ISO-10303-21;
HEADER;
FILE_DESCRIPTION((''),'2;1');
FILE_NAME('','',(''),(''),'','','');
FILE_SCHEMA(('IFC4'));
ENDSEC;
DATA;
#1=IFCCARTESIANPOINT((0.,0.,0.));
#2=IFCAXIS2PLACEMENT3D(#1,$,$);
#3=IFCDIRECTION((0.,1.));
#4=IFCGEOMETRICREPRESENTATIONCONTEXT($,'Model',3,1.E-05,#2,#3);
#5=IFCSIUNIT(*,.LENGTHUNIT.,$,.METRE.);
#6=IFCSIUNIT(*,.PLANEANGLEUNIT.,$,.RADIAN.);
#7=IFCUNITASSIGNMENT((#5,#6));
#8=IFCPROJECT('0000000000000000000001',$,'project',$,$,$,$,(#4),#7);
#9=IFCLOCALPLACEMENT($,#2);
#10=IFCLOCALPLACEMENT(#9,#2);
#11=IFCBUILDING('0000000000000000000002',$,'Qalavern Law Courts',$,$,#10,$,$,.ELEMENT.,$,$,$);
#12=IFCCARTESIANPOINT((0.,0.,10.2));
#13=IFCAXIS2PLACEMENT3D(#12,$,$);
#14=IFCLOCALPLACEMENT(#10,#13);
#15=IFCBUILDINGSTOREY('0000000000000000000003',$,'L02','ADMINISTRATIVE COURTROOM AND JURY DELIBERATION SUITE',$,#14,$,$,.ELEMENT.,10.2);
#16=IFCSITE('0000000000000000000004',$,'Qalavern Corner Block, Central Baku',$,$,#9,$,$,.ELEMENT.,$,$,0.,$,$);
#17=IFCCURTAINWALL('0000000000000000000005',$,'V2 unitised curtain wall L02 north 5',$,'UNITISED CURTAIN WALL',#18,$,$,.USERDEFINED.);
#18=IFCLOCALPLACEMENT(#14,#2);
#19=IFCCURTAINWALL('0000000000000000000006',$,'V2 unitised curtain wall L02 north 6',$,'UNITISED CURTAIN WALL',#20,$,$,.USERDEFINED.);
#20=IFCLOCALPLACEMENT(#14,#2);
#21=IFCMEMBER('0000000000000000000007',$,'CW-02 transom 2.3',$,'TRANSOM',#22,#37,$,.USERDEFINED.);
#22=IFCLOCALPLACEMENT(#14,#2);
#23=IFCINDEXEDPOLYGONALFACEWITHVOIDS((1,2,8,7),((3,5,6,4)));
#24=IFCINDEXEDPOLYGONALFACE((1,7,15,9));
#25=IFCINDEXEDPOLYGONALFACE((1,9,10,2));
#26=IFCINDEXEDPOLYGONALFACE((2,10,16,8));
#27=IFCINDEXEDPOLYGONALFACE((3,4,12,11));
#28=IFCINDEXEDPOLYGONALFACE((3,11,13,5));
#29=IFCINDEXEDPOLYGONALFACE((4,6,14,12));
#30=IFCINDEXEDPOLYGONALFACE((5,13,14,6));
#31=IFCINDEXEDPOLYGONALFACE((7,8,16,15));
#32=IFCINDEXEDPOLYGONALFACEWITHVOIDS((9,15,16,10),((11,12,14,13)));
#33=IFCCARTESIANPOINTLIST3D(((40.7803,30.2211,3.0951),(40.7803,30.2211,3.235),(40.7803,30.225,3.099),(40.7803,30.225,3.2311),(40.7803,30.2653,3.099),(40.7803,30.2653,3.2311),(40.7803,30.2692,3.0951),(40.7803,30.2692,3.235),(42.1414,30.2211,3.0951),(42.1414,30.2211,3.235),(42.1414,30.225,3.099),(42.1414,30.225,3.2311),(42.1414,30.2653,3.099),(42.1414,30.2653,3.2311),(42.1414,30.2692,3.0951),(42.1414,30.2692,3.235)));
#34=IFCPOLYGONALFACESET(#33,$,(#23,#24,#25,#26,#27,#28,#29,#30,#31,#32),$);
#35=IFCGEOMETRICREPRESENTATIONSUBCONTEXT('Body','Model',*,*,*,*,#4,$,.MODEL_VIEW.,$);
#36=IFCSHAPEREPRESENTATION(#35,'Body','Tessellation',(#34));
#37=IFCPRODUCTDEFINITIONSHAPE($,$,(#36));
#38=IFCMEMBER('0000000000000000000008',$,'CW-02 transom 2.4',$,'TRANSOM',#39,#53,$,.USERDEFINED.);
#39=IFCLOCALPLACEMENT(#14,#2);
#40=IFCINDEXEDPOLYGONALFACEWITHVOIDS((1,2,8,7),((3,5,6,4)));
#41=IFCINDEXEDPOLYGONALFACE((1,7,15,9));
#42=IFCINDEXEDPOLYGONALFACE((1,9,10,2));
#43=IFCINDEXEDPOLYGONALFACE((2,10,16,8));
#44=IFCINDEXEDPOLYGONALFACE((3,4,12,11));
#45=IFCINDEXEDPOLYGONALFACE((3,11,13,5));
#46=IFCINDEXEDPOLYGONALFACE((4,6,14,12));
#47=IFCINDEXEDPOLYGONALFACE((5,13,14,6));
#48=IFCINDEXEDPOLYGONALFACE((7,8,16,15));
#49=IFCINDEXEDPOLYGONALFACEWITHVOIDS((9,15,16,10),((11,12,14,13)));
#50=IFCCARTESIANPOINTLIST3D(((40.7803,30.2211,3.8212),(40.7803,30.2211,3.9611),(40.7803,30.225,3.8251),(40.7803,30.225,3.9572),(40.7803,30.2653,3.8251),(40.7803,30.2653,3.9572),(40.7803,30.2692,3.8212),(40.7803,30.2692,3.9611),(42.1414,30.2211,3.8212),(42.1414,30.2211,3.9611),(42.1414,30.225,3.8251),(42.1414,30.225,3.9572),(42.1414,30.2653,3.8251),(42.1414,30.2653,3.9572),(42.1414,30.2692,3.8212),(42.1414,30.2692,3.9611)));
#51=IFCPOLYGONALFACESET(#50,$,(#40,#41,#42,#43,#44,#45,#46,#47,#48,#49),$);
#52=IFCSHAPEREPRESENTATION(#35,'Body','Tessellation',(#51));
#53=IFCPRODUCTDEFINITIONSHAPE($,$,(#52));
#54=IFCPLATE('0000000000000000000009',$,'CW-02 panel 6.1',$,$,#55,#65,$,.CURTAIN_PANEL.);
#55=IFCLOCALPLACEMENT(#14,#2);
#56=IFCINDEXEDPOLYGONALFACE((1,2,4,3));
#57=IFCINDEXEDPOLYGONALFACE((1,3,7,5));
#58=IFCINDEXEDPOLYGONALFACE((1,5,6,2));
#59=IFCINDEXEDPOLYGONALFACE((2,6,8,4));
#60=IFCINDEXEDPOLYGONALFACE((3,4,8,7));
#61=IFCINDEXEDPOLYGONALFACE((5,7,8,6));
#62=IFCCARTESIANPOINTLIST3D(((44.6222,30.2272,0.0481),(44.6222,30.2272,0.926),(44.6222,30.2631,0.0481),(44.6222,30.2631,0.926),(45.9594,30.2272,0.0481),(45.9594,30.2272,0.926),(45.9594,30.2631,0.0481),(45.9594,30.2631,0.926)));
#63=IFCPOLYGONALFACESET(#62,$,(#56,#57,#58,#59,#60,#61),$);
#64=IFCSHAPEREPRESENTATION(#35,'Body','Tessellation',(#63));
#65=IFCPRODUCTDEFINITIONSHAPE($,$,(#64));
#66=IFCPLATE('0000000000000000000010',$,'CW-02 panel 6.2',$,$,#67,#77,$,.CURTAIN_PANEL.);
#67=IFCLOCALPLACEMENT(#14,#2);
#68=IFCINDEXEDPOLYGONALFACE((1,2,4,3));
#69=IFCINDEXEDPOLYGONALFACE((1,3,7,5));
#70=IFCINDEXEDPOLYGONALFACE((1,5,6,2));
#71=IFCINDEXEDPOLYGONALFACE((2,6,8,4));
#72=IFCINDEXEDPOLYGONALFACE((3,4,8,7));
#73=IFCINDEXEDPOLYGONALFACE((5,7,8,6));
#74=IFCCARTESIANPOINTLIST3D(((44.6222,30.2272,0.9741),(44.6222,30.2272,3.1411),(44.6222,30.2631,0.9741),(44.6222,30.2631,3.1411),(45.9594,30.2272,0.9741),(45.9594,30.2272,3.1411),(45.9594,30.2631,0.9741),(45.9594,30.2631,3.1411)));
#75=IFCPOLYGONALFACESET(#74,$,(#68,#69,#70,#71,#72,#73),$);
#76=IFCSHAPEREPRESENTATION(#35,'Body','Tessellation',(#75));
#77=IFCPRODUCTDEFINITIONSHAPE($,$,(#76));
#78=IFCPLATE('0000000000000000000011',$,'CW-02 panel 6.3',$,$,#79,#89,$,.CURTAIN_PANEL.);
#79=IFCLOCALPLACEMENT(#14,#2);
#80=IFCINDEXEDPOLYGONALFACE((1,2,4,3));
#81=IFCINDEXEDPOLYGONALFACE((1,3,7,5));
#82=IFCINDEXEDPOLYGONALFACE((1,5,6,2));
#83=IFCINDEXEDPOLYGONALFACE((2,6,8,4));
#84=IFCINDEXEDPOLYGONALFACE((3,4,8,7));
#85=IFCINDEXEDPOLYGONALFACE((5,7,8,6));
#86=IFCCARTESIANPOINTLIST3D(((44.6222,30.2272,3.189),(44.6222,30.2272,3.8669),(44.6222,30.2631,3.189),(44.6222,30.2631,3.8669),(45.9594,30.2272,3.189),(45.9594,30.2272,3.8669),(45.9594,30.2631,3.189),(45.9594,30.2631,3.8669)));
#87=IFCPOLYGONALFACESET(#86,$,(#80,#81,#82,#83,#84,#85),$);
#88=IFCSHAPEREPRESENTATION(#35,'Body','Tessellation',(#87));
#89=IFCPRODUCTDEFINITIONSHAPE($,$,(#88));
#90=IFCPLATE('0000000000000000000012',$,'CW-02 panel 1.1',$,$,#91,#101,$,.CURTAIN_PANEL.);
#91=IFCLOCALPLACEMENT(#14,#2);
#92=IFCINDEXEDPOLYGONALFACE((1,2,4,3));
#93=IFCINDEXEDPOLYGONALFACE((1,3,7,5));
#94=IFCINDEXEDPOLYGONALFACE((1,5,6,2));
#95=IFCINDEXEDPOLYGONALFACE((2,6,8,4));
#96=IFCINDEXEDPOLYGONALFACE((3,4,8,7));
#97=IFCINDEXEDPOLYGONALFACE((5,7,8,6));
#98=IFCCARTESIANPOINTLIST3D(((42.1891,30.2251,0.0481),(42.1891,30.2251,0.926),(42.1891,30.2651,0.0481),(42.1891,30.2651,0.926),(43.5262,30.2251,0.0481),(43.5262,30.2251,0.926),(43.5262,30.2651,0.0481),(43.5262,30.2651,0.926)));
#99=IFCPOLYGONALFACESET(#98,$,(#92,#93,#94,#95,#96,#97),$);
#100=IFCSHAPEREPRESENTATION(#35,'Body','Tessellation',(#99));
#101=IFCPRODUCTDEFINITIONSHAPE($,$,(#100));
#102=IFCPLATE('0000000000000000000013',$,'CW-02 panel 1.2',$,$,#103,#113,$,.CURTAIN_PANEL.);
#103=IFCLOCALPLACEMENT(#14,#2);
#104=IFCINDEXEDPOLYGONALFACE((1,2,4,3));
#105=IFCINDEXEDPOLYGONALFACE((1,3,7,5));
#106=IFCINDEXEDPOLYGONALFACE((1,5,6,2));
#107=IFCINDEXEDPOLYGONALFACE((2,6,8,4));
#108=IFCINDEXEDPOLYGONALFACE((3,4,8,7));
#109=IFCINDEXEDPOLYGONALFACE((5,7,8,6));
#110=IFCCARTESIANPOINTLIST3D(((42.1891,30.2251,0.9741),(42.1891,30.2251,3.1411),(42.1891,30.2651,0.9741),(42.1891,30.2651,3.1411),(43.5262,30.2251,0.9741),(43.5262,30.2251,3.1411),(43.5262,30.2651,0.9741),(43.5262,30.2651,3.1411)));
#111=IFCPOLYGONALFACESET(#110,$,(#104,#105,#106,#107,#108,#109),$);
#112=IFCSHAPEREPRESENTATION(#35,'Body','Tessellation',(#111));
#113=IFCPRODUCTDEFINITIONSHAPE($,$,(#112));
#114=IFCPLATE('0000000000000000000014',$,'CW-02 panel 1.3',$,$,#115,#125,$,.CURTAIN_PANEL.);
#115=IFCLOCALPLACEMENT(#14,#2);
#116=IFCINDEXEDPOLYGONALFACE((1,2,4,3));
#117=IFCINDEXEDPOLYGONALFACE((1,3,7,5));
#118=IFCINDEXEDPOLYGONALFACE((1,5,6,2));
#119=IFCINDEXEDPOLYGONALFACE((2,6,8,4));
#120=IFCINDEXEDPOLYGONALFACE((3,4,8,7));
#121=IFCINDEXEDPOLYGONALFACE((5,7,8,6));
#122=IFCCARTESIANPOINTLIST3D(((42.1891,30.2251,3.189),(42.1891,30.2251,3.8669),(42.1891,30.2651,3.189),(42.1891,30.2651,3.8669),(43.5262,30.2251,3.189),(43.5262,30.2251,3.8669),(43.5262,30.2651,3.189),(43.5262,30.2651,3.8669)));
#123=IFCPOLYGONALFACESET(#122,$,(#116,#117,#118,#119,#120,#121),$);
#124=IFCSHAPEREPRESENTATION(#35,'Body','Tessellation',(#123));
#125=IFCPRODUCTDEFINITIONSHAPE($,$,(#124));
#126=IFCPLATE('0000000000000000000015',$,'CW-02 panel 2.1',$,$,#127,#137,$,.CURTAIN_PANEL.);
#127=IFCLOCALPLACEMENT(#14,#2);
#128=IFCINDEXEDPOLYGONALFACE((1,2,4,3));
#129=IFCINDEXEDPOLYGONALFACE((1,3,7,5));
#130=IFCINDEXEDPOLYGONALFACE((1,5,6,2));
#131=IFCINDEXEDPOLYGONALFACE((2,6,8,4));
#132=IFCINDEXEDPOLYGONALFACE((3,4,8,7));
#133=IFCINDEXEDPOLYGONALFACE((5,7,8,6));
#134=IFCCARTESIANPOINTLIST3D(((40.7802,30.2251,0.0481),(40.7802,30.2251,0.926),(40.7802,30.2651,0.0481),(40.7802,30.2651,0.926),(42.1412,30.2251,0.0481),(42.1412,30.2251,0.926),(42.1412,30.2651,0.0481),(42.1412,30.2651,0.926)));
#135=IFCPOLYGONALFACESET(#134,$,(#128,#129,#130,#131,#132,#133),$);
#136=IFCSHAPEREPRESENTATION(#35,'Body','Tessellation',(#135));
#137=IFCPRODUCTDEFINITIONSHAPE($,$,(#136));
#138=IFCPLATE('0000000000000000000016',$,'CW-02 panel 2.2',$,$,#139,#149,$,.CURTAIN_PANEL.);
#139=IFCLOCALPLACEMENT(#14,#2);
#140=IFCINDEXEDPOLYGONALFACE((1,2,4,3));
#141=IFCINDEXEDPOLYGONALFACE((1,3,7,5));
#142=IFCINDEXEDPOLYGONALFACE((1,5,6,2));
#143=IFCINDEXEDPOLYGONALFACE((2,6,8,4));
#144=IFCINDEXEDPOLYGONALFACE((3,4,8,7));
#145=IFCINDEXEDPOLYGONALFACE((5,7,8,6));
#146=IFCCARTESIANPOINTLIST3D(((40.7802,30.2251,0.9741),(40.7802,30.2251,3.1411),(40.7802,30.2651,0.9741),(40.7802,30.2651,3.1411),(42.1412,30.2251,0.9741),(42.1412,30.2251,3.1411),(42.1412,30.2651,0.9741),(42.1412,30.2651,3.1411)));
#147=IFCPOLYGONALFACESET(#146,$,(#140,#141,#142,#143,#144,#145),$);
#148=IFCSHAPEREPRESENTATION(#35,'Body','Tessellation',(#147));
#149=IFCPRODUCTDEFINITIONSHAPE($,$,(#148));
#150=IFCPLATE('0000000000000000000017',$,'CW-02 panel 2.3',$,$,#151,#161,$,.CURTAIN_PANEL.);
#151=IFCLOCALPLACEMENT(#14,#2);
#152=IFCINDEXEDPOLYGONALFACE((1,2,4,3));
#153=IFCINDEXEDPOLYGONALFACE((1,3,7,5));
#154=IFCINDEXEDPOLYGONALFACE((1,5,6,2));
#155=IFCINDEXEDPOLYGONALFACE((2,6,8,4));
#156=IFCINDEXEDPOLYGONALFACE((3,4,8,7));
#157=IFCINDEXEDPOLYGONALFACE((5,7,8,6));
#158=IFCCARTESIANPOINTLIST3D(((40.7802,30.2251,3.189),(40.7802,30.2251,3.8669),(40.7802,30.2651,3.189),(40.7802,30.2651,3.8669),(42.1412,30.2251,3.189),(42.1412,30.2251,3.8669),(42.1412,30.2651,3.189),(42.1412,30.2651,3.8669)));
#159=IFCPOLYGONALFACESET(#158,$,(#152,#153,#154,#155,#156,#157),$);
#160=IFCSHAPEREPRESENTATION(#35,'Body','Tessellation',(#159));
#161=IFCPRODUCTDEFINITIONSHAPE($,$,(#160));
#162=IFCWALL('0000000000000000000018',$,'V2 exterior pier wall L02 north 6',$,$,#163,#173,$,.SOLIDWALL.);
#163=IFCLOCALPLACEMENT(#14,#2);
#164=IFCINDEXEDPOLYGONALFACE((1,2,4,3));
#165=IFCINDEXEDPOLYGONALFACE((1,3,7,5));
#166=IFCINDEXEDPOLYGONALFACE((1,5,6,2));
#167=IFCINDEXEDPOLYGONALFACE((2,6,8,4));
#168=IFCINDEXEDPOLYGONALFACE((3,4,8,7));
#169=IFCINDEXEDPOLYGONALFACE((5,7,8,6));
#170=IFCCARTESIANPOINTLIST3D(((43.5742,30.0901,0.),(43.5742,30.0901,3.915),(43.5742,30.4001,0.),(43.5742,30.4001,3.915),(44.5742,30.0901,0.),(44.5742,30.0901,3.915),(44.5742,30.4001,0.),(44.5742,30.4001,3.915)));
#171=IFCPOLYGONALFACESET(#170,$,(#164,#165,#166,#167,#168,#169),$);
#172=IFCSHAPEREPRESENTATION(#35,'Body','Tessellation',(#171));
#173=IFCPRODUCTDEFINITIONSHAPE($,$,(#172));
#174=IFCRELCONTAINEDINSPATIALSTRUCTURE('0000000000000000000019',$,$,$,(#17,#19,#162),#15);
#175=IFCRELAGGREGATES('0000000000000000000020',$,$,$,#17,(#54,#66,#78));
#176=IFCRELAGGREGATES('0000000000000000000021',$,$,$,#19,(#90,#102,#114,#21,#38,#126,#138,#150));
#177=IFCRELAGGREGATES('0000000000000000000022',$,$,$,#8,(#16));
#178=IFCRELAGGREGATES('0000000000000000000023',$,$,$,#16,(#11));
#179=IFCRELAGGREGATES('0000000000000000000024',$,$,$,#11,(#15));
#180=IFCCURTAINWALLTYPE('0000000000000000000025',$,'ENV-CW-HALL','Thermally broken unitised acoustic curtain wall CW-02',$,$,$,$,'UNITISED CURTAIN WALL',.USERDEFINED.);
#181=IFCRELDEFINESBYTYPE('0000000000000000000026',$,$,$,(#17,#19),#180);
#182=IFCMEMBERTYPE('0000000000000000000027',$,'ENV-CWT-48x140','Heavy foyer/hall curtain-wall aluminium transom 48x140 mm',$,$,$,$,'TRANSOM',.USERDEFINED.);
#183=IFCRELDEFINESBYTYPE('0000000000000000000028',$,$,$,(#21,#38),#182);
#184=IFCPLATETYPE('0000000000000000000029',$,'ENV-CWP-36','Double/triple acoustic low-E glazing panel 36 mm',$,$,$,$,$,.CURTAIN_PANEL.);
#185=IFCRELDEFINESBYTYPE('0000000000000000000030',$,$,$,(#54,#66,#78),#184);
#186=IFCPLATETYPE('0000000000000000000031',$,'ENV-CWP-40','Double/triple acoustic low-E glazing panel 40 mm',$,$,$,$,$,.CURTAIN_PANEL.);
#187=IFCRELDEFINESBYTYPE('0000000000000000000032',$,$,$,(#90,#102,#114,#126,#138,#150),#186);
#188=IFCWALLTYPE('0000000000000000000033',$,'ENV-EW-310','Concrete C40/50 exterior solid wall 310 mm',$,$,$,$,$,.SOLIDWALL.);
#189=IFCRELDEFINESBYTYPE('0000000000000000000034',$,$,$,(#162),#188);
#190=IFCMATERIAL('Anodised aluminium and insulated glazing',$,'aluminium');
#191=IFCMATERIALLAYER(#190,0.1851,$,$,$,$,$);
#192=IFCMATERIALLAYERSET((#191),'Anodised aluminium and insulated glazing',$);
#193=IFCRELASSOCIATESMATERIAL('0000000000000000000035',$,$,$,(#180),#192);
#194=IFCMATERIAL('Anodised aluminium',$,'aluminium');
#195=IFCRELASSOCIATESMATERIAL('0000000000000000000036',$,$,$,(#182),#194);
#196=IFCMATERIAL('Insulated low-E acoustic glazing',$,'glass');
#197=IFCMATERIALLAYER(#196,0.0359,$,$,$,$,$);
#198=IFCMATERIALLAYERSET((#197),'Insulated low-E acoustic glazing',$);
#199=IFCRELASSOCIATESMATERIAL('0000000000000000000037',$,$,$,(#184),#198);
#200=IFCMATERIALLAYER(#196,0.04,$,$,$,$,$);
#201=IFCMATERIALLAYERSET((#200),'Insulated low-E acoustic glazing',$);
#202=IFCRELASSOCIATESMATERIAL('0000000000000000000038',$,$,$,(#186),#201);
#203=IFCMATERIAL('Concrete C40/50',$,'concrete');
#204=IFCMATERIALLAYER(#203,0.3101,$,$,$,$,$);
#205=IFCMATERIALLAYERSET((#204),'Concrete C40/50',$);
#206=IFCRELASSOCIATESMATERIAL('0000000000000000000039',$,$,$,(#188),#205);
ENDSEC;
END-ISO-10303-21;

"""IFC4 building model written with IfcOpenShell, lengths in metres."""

from ifc_helpers import new_model, si_unit, direction, frame, frame_2d, origin, origin_2d, place, context, subcontext, project, spatial, rectangle, hollow_rectangle, extrude, material, layer, layer_set, material_profile, profile_set, type_object, element, aggregate, save


model = new_model("IFC4")

# Units and contexts
model_context = context("Model", 3, precision=1e-05, world=origin(), true_north=direction((0.0, 1.0)))
body_context = subcontext(model_context, "Body", "Model", "MODEL_VIEW")
ifc_project = project(units=[si_unit("LENGTHUNIT", "METRE"), si_unit("PLANEANGLEUNIT", "RADIAN")], contexts=[model_context])

# Site, building, storey
site_placement = place(None, origin())
site = spatial("IfcSite", under=ifc_project, at=site_placement, Name="Qalavern Corner Block, Central Baku", CompositionType="ELEMENT", RefElevation=0.0)
building_placement = place(site_placement, origin())
building = spatial("IfcBuilding", under=site, at=building_placement, Name="Qalavern Law Courts", CompositionType="ELEMENT")
storey_placement = place(building_placement, frame((0.0, 0.0, 10.2)))
storey = spatial("IfcBuildingStorey", under=building, at=storey_placement, Name="L02", Description="ADMINISTRATIVE COURTROOM AND JURY DELIBERATION SUITE", CompositionType="ELEMENT", Elevation=10.2)

# Curtain wall
ifc_material_1 = material(Name="Anodised aluminium and insulated glazing", Category="aluminium")
ifc_layer_1 = layer(ifc_material_1, 0.1851)
ifc_layer_set_1 = layer_set([ifc_layer_1], Name="Anodised aluminium and insulated glazing")
curtain_wall_type = type_object("IfcCurtainWallType", Name="ENV-CW-HALL", Description="Thermally broken unitised acoustic curtain wall CW-02", ElementType="UNITISED CURTAIN WALL", PredefinedType="USERDEFINED", material=ifc_layer_set_1)
curtain_wall_1_placement = place(storey_placement, origin())
curtain_wall_1 = element("IfcCurtainWall", 1, at=curtain_wall_1_placement, inside=storey, type_object=curtain_wall_type, Name="V2 unitised curtain wall L02 north 5", ObjectType="UNITISED CURTAIN WALL", PredefinedType="USERDEFINED")
ifc_material_2 = material(Name="Anodised aluminium", Category="aluminium")

# Curtain wall
curtain_wall_2_placement = place(storey_placement, origin())
curtain_wall_2 = element("IfcCurtainWall", 2, at=curtain_wall_2_placement, inside=storey, type_object=curtain_wall_type, Name="V2 unitised curtain wall L02 north 6", ObjectType="UNITISED CURTAIN WALL", PredefinedType="USERDEFINED")

# Members
ifc_material_profile_1 = material_profile(ifc_material_2, hollow_rectangle(XDim=0.0481, YDim=0.1399, WallThickness=0.0039, at=origin_2d()), Name="ALU TRANSOM 48x140")
ifc_profile_set_1 = profile_set([ifc_material_profile_1], Name="Anodised aluminium")
member_type_1 = type_object("IfcMemberType", Name="ENV-CWT-48x140", Description="Heavy foyer/hall curtain-wall aluminium transom 48x140 mm", ElementType="TRANSOM", PredefinedType="USERDEFINED", material=ifc_profile_set_1)
member_1_placement = place(storey_placement, frame((42.1414, 30.2451, 3.165), z_axis=(-1.0, 0.0, 0.0), x_axis=(0.0, -1.0, 0.0)))
member_1 = element("IfcMember", 3, at=member_1_placement, type_object=member_type_1, Name="CW-02 transom 2.3", ObjectType="TRANSOM", PredefinedType="USERDEFINED", context=body_context, shape_type="SweptSolid", body=[
    extrude(hollow_rectangle(XDim=0.0481, YDim=0.1399, WallThickness=0.0039, at=origin_2d()), origin(), (0.0, 0.0, 1.0), 1.3611),
])
member_2_placement = place(storey_placement, frame((42.1414, 30.2451, 3.8911), z_axis=(-1.0, 0.0, 0.0), x_axis=(0.0, -1.0, 0.0)))
member_2 = element("IfcMember", 4, at=member_2_placement, type_object=member_type_1, Name="CW-02 transom 2.4", ObjectType="TRANSOM", PredefinedType="USERDEFINED", context=body_context, shape_type="SweptSolid", body=[
    extrude(hollow_rectangle(XDim=0.0481, YDim=0.1399, WallThickness=0.0039, at=origin_2d()), origin(), (0.0, 0.0, 1.0), 1.3611),
])

# Plates
ifc_material_3 = material(Name="Insulated low-E acoustic glazing", Category="glass")
ifc_layer_2 = layer(ifc_material_3, 0.0359)
ifc_layer_set_2 = layer_set([ifc_layer_2], Name="Insulated low-E acoustic glazing")
plate_type_1 = type_object("IfcPlateType", Name="ENV-CWP-36", Description="Double/triple acoustic low-E glazing panel 36 mm", PredefinedType="CURTAIN_PANEL", material=ifc_layer_set_2)
plate_1_placement = place(storey_placement, frame((45.2908, 30.2451, 0.0481), z_axis=(0.0, 0.0, 1.0), x_axis=(-1.0, 0.0, 0.0)))
plate_1 = element("IfcPlate", 5, at=plate_1_placement, type_object=plate_type_1, Name="CW-02 panel 6.1", PredefinedType="CURTAIN_PANEL", context=body_context, shape_type="SweptSolid", body=[
    extrude(rectangle(XDim=1.3372, YDim=0.0359, at=origin_2d()), origin(), (0.0, 0.0, 1.0), 0.8779),
])
plate_2_placement = place(storey_placement, frame((45.2908, 30.2451, 0.9741), z_axis=(0.0, 0.0, 1.0), x_axis=(-1.0, 0.0, 0.0)))
plate_2 = element("IfcPlate", 6, at=plate_2_placement, type_object=plate_type_1, Name="CW-02 panel 6.2", PredefinedType="CURTAIN_PANEL", context=body_context, shape_type="SweptSolid", body=[
    extrude(rectangle(XDim=1.3372, YDim=0.0359, at=origin_2d()), origin(), (0.0, 0.0, 1.0), 2.167),
])
plate_3_placement = place(storey_placement, frame((45.2908, 30.2451, 3.189), z_axis=(0.0, 0.0, 1.0), x_axis=(-1.0, 0.0, 0.0)))
plate_3 = element("IfcPlate", 7, at=plate_3_placement, type_object=plate_type_1, Name="CW-02 panel 6.3", PredefinedType="CURTAIN_PANEL", context=body_context, shape_type="SweptSolid", body=[
    extrude(rectangle(XDim=1.3372, YDim=0.0359, at=origin_2d()), origin(), (0.0, 0.0, 1.0), 0.678),
])
aggregate(curtain_wall_1, [plate_1, plate_2, plate_3])
ifc_layer_3 = layer(ifc_material_3, 0.04)
ifc_layer_set_3 = layer_set([ifc_layer_3], Name="Insulated low-E acoustic glazing")
plate_type_2 = type_object("IfcPlateType", Name="ENV-CWP-40", Description="Double/triple acoustic low-E glazing panel 40 mm", PredefinedType="CURTAIN_PANEL", material=ifc_layer_set_3)
plate_4_placement = place(storey_placement, frame((42.8577, 30.2451, 0.0481), z_axis=(0.0, 0.0, 1.0), x_axis=(-1.0, 0.0, 0.0)))
plate_4 = element("IfcPlate", 8, at=plate_4_placement, type_object=plate_type_2, Name="CW-02 panel 1.1", PredefinedType="CURTAIN_PANEL", context=body_context, shape_type="SweptSolid", body=[
    extrude(rectangle(XDim=1.3372, YDim=0.04, at=origin_2d()), origin(), (0.0, 0.0, 1.0), 0.8779),
])
plate_5_placement = place(storey_placement, frame((42.8577, 30.2451, 0.9741), z_axis=(0.0, 0.0, 1.0), x_axis=(-1.0, 0.0, 0.0)))
plate_5 = element("IfcPlate", 9, at=plate_5_placement, type_object=plate_type_2, Name="CW-02 panel 1.2", PredefinedType="CURTAIN_PANEL", context=body_context, shape_type="SweptSolid", body=[
    extrude(rectangle(XDim=1.3372, YDim=0.04, at=origin_2d()), origin(), (0.0, 0.0, 1.0), 2.167),
])
plate_6_placement = place(storey_placement, frame((42.8577, 30.2451, 3.189), z_axis=(0.0, 0.0, 1.0), x_axis=(-1.0, 0.0, 0.0)))
plate_6 = element("IfcPlate", 10, at=plate_6_placement, type_object=plate_type_2, Name="CW-02 panel 1.3", PredefinedType="CURTAIN_PANEL", context=body_context, shape_type="SweptSolid", body=[
    extrude(rectangle(XDim=1.3372, YDim=0.04, at=origin_2d()), origin(), (0.0, 0.0, 1.0), 0.678),
])
plate_7_placement = place(storey_placement, frame((41.4607, 30.2451, 0.0481), z_axis=(0.0, 0.0, 1.0), x_axis=(-1.0, 0.0, 0.0)))
plate_7 = element("IfcPlate", 11, at=plate_7_placement, type_object=plate_type_2, Name="CW-02 panel 2.1", PredefinedType="CURTAIN_PANEL", context=body_context, shape_type="SweptSolid", body=[
    extrude(rectangle(XDim=1.3611, YDim=0.04, at=origin_2d()), origin(), (0.0, 0.0, 1.0), 0.8779),
])
plate_8_placement = place(storey_placement, frame((41.4607, 30.2451, 0.9741), z_axis=(0.0, 0.0, 1.0), x_axis=(-1.0, 0.0, 0.0)))
plate_8 = element("IfcPlate", 12, at=plate_8_placement, type_object=plate_type_2, Name="CW-02 panel 2.2", PredefinedType="CURTAIN_PANEL", context=body_context, shape_type="SweptSolid", body=[
    extrude(rectangle(XDim=1.3611, YDim=0.04, at=origin_2d()), origin(), (0.0, 0.0, 1.0), 2.167),
])
plate_9_placement = place(storey_placement, frame((41.4607, 30.2451, 3.189), z_axis=(0.0, 0.0, 1.0), x_axis=(-1.0, 0.0, 0.0)))
plate_9 = element("IfcPlate", 13, at=plate_9_placement, type_object=plate_type_2, Name="CW-02 panel 2.3", PredefinedType="CURTAIN_PANEL", context=body_context, shape_type="SweptSolid", body=[
    extrude(rectangle(XDim=1.3611, YDim=0.04, at=origin_2d()), origin(), (0.0, 0.0, 1.0), 0.678),
])
aggregate(curtain_wall_2, [plate_4, plate_5, plate_6, member_1, member_2, plate_7, plate_8, plate_9])

# Wall
ifc_material_4 = material(Name="Concrete C40/50", Category="concrete")
ifc_layer_4 = layer(ifc_material_4, 0.3101)
ifc_layer_set_4 = layer_set([ifc_layer_4], Name="Concrete C40/50")
wall_type = type_object("IfcWallType", Name="ENV-EW-310", Description="Concrete C40/50 exterior solid wall 310 mm", PredefinedType="SOLIDWALL", material=ifc_layer_set_4)
wall_placement = place(storey_placement, frame((44.5742, 30.2451, 0.0), z_axis=(0.0, 0.0, 1.0), x_axis=(-1.0, 0.0, 0.0)))
element("IfcWall", 14, at=wall_placement, inside=storey, type_object=wall_type, Name="V2 exterior pier wall L02 north 6", PredefinedType="SOLIDWALL", context=body_context, shape_type="SweptSolid", body=[
    extrude(rectangle(XDim=1.0, YDim=0.3101, at=frame_2d((0.5, 0.0))), origin(), (0.0, 0.0, 1.0), 3.915),
])

save(model, "model.ifc")
